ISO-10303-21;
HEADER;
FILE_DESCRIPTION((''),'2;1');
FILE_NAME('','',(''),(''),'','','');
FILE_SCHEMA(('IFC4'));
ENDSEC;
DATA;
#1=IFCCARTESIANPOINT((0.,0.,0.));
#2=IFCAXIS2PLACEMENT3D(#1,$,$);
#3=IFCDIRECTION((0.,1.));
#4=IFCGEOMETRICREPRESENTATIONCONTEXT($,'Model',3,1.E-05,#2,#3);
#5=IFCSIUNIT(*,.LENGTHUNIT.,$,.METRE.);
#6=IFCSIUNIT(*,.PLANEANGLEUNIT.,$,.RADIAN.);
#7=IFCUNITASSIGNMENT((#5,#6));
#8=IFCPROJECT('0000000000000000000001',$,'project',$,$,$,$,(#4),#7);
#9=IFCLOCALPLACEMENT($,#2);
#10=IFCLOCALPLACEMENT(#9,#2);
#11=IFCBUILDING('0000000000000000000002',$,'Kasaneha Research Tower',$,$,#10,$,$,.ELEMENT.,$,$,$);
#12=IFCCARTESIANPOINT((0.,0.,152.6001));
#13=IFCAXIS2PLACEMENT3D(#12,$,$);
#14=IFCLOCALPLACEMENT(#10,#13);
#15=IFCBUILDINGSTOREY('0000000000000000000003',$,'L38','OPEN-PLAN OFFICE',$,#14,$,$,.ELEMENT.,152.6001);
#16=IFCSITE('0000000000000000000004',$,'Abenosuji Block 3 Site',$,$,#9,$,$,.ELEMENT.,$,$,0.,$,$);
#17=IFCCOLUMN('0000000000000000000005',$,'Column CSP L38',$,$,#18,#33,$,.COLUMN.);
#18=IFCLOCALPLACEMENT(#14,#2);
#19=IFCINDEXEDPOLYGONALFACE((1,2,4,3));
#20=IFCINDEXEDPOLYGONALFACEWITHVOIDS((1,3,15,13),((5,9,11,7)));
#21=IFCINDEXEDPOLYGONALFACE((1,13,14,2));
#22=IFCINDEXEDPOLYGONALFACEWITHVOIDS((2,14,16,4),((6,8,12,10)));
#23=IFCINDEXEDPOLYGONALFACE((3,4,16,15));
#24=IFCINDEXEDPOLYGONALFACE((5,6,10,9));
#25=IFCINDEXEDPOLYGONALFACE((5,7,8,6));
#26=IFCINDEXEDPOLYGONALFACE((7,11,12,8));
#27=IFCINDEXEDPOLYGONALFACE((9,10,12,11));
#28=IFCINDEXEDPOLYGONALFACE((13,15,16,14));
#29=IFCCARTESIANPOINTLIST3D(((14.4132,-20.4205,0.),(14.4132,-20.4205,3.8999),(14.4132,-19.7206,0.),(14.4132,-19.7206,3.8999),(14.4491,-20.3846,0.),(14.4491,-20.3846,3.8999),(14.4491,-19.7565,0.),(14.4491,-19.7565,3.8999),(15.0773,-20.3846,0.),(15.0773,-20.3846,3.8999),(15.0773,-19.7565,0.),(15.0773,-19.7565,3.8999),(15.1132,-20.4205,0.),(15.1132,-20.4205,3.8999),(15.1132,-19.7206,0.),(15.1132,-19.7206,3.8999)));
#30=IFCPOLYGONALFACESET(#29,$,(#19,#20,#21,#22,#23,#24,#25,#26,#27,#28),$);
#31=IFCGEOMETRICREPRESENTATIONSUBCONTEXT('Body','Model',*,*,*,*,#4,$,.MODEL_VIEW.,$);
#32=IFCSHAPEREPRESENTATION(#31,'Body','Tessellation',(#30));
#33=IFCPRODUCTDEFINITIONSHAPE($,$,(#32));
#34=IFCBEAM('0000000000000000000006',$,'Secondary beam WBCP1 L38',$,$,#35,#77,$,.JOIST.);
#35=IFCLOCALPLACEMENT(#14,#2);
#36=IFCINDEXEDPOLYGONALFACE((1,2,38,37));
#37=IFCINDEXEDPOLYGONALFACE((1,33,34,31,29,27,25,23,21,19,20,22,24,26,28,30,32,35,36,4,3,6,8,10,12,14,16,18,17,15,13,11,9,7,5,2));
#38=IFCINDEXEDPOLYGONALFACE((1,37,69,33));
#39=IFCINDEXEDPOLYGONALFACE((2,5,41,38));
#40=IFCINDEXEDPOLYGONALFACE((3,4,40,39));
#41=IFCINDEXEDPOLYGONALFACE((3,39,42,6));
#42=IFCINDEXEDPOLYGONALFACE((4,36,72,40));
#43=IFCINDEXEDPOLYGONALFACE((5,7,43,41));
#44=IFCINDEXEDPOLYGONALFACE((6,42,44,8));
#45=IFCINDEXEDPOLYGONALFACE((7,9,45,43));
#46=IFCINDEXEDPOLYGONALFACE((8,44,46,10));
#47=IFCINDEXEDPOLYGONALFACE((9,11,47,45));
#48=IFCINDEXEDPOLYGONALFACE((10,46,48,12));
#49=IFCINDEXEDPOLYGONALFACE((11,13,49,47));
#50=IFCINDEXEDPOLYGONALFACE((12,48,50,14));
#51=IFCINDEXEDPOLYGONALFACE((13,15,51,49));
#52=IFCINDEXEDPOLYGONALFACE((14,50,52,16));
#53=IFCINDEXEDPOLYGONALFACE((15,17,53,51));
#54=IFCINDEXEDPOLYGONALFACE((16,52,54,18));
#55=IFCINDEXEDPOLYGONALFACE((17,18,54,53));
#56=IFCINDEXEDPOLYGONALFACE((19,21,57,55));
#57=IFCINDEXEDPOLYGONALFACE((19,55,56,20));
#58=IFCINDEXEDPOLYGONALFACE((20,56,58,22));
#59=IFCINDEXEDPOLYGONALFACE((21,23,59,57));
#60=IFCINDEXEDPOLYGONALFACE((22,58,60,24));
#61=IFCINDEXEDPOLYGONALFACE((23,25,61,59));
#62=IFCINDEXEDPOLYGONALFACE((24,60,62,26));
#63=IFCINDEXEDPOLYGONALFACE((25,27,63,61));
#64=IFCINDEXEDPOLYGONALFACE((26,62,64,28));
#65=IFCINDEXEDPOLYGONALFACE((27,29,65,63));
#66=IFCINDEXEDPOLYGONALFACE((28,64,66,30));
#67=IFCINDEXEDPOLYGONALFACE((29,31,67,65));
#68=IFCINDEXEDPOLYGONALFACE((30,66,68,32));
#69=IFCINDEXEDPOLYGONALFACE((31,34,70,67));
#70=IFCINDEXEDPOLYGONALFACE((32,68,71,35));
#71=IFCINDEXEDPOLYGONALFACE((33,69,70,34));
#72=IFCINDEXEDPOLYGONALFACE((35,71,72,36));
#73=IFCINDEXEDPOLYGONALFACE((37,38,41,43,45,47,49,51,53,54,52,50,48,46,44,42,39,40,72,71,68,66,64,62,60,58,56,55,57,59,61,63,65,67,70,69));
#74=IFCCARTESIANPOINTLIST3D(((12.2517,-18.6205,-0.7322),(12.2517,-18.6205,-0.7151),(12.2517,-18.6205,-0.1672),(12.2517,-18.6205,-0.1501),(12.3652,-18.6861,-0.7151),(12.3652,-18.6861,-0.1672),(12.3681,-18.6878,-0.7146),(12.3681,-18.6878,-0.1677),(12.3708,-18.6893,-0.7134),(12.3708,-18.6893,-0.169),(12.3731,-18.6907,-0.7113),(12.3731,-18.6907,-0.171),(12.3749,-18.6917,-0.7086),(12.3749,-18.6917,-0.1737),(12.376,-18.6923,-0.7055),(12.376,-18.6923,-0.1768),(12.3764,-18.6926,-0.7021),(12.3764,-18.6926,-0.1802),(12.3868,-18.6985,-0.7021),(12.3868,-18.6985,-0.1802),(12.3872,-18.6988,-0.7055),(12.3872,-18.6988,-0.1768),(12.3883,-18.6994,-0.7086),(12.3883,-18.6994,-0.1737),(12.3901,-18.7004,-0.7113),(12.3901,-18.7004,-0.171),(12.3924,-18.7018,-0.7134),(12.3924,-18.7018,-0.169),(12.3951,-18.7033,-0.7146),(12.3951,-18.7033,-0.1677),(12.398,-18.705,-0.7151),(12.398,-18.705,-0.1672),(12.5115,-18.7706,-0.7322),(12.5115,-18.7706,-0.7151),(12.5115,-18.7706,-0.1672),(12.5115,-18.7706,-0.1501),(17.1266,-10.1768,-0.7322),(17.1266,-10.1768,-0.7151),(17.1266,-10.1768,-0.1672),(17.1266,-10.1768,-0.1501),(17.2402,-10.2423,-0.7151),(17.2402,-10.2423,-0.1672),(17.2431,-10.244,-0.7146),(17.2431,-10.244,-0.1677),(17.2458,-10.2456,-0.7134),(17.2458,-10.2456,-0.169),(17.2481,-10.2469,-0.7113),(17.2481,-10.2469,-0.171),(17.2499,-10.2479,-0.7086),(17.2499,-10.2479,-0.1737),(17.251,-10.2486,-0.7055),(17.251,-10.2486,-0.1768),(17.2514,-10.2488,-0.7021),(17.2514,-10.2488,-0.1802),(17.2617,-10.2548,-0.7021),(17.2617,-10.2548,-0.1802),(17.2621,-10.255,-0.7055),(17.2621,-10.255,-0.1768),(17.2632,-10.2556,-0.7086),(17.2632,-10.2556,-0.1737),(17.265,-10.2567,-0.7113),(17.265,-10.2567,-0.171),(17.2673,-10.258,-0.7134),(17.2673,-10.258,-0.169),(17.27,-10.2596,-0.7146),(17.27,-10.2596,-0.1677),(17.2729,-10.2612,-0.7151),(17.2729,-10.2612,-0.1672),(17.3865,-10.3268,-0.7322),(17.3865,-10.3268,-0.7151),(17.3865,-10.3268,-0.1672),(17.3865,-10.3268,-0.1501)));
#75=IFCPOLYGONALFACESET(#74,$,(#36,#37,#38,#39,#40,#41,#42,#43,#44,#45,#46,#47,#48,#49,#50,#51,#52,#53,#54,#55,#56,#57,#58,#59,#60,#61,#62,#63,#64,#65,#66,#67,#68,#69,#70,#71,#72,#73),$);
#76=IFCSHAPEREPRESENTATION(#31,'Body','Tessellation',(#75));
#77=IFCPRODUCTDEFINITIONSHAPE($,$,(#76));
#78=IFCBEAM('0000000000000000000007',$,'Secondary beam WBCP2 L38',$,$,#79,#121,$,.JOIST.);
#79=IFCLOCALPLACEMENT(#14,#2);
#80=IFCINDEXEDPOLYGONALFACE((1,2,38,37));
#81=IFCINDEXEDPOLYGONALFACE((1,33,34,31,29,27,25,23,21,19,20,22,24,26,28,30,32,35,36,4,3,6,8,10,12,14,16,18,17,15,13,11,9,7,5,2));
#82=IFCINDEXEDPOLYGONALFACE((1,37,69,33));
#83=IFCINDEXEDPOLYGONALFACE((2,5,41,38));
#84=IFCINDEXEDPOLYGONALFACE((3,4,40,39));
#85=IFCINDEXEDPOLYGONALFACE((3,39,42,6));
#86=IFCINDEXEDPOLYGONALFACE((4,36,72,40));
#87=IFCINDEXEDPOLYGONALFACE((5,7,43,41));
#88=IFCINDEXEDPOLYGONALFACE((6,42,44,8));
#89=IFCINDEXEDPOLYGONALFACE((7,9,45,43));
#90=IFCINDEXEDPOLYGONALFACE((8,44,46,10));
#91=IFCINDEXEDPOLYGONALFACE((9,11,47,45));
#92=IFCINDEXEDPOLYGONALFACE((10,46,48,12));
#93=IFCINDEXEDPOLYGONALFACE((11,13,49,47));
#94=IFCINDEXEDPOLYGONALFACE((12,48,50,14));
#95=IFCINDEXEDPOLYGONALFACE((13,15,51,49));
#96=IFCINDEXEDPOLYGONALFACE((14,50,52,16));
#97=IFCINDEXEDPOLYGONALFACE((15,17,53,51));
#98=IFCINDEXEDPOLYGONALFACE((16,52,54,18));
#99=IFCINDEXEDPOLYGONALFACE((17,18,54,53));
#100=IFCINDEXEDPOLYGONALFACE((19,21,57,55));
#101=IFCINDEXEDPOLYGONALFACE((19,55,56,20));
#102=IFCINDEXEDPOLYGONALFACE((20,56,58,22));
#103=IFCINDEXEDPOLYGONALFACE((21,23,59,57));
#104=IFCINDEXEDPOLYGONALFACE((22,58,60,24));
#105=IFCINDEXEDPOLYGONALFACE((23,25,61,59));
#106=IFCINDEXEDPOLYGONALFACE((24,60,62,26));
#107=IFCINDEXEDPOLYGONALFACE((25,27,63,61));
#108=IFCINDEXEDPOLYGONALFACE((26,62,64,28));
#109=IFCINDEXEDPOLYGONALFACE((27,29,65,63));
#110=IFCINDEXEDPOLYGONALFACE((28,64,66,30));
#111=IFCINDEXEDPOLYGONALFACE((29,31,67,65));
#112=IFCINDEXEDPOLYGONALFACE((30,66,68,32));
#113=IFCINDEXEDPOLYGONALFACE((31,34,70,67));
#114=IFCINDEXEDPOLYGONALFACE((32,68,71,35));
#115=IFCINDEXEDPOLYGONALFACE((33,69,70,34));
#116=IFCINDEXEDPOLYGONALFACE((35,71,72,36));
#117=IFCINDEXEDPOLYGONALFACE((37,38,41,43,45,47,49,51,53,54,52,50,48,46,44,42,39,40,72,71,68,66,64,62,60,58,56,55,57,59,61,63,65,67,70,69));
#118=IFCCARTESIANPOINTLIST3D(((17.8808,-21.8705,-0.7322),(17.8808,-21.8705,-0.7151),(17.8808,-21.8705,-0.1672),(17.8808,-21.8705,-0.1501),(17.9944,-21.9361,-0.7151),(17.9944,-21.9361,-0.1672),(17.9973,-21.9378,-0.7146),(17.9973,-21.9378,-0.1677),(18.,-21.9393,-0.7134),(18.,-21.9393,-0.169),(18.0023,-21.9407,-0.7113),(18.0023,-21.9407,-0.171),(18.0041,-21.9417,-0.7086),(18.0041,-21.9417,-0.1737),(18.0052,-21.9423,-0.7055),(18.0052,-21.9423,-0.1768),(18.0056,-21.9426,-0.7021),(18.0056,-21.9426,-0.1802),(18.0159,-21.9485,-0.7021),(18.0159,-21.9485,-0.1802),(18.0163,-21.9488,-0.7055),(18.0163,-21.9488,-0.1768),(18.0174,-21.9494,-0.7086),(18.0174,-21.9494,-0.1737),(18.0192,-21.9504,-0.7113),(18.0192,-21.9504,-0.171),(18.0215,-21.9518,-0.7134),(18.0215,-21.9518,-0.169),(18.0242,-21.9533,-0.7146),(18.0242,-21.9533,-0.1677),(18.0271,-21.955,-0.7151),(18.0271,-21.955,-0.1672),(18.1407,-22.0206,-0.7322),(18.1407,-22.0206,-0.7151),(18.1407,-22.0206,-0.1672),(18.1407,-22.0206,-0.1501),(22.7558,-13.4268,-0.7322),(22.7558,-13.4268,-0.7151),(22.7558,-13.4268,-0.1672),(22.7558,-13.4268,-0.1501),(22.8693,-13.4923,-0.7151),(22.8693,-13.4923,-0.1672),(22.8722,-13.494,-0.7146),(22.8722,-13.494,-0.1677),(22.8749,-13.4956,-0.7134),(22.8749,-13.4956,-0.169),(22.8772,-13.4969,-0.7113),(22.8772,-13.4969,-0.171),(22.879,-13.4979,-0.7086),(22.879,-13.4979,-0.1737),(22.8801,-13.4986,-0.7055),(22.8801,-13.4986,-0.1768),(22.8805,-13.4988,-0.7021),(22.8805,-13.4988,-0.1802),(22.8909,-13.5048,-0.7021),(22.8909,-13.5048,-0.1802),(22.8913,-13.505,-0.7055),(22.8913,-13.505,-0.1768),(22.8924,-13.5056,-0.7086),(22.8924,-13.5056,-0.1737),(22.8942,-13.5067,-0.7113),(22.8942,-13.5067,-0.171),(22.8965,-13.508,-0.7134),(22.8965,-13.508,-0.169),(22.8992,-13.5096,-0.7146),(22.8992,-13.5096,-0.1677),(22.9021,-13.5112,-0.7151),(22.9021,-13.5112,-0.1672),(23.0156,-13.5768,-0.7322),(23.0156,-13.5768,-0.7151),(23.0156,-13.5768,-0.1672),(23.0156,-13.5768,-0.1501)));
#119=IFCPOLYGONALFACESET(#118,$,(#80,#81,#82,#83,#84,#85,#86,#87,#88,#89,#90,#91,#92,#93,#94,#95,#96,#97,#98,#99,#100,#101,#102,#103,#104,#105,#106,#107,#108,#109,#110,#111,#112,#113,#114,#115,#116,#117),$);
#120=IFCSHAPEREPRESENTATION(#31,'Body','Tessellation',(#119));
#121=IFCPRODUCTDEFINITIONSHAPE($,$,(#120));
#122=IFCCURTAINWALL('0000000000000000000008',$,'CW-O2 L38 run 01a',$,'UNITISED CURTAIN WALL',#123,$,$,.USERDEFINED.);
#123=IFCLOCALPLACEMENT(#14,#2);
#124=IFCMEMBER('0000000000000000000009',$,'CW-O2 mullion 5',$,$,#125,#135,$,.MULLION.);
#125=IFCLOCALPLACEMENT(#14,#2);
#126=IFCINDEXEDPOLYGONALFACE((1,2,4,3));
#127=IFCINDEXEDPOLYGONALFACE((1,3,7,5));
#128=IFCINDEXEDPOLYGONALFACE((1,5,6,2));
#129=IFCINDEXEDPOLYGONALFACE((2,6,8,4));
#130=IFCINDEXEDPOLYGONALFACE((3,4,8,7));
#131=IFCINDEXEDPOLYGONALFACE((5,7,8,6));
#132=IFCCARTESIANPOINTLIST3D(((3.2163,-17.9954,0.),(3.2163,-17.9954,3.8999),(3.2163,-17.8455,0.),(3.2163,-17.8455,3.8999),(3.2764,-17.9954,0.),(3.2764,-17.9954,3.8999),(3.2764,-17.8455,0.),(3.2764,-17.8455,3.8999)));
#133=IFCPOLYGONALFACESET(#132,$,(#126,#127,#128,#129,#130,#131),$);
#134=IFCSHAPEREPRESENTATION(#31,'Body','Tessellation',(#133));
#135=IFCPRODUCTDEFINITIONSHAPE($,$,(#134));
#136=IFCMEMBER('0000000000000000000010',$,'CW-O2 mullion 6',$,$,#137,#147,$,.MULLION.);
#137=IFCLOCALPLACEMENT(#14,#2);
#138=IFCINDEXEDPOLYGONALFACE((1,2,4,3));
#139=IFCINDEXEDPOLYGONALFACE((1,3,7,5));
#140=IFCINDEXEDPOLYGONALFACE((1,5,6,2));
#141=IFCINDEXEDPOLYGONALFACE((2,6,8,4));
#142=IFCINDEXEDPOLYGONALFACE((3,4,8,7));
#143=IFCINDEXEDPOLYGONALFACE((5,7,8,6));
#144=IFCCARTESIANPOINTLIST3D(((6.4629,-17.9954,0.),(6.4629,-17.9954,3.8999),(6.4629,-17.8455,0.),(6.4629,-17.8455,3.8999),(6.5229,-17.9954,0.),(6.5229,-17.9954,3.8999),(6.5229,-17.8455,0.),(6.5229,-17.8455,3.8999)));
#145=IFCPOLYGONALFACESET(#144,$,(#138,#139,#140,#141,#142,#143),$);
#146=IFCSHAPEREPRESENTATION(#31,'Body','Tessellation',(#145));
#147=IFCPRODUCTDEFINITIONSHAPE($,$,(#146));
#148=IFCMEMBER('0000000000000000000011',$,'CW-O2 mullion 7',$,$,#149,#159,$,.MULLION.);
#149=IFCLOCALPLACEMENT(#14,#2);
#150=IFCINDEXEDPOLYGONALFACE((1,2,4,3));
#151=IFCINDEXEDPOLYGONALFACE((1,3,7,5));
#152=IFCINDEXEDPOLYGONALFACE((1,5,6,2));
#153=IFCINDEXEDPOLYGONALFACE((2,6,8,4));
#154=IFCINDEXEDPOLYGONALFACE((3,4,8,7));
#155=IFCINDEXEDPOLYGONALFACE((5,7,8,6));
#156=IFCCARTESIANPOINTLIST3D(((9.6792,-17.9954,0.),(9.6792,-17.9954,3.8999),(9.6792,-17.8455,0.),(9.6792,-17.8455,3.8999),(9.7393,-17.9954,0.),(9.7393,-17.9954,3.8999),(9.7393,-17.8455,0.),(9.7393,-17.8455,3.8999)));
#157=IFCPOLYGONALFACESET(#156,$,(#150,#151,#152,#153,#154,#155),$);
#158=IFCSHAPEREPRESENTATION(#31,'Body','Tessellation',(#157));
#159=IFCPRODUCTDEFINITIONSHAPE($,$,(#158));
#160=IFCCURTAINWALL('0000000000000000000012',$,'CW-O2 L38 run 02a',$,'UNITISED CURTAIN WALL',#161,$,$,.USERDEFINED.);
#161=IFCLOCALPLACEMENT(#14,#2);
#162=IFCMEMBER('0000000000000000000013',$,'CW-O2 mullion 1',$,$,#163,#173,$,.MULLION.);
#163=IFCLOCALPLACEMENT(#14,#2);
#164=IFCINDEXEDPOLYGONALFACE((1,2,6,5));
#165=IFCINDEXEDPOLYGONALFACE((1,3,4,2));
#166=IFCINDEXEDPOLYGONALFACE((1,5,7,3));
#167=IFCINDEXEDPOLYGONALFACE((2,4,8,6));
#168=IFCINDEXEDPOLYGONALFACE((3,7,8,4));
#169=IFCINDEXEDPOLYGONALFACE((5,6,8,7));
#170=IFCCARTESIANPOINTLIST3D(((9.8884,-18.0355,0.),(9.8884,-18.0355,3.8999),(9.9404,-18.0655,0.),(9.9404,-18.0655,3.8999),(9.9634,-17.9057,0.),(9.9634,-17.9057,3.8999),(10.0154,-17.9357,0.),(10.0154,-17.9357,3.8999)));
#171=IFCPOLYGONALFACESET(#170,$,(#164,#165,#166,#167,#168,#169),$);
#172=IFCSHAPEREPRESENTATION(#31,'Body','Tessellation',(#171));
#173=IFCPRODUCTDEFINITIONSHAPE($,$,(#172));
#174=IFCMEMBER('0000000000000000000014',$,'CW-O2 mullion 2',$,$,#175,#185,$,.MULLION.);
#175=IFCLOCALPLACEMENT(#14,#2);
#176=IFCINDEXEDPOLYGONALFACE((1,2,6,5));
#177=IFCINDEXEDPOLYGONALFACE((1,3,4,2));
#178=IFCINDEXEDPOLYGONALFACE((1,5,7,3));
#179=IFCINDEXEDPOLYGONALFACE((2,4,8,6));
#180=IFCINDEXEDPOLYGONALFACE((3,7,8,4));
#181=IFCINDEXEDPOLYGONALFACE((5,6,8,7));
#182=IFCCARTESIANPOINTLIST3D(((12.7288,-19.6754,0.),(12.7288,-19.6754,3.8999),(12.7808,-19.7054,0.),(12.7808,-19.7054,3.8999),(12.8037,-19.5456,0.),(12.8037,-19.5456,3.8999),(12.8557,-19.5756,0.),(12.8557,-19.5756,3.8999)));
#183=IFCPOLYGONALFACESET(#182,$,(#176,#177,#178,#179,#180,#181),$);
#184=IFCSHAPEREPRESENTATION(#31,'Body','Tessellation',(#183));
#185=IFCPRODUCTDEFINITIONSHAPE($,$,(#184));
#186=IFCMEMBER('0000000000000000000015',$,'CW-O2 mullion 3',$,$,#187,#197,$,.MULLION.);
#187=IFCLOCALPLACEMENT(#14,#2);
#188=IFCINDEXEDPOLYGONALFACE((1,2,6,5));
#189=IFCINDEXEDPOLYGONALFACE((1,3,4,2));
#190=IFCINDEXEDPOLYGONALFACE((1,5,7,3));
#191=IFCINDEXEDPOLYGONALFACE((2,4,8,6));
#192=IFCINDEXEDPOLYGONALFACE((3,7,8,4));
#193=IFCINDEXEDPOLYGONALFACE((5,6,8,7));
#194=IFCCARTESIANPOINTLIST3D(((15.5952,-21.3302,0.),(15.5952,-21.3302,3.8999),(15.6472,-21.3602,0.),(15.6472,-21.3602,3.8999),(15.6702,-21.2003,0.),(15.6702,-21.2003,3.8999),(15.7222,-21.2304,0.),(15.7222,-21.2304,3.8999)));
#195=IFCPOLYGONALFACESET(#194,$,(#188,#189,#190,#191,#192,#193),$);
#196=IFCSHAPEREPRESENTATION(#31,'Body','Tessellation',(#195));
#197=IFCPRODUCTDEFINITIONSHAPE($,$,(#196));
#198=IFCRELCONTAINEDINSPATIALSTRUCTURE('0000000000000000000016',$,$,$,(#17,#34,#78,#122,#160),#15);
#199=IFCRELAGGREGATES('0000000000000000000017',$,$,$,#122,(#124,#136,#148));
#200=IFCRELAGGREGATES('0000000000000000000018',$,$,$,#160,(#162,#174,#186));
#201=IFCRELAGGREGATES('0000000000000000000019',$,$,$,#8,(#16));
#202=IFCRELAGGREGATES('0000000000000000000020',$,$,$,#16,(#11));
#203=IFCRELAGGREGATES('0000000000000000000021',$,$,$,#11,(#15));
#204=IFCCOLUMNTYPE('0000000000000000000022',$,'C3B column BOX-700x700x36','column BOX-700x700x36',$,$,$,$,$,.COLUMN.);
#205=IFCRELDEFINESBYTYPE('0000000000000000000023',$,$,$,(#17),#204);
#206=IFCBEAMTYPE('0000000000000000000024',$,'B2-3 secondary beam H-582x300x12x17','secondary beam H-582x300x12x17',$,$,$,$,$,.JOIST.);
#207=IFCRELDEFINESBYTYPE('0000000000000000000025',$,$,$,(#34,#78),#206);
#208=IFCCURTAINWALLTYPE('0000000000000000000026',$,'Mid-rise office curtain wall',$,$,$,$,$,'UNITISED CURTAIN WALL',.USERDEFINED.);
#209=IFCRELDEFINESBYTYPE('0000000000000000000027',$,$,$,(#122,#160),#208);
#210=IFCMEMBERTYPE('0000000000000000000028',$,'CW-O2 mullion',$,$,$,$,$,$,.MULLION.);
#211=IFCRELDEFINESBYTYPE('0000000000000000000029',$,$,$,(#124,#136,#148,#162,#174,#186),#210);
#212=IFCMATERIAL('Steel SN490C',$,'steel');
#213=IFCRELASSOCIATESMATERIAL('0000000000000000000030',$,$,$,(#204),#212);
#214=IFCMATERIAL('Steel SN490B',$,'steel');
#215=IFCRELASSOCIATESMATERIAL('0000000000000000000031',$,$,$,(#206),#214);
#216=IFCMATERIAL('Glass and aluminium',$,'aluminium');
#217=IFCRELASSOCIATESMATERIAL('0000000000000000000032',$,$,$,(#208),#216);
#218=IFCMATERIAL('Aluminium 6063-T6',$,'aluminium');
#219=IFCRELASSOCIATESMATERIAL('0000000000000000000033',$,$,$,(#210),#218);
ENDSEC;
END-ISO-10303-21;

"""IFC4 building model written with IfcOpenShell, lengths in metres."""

from ifc_helpers import new_model, si_unit, direction, frame, origin, origin_2d, place, context, subcontext, project, spatial, rectangle, hollow_rectangle, i_section, extrude, material, material_profile, profile_set, type_object, element, aggregate, save


model = new_model("IFC4")

# Units and contexts
model_context = context("Model", 3, precision=1e-05, world=origin(), true_north=direction((0.0, 1.0)))
body_context = subcontext(model_context, "Body", "Model", "MODEL_VIEW")
ifc_project = project(units=[si_unit("LENGTHUNIT", "METRE"), si_unit("PLANEANGLEUNIT", "RADIAN")], contexts=[model_context])

# Site, building, storey
site_placement = place(None, origin())
site = spatial("IfcSite", under=ifc_project, at=site_placement, Name="Abenosuji Block 3 Site", CompositionType="ELEMENT", RefElevation=0.0)
building_placement = place(site_placement, origin())
building = spatial("IfcBuilding", under=site, at=building_placement, Name="Kasaneha Research Tower", CompositionType="ELEMENT")
storey_placement = place(building_placement, frame((0.0, 0.0, 152.6001)))
storey = spatial("IfcBuildingStorey", under=building, at=storey_placement, Name="L38", Description="OPEN-PLAN OFFICE", CompositionType="ELEMENT", Elevation=152.6001)

# Column
ifc_material_1 = material(Name="Steel SN490C", Category="steel")
ifc_material_profile_1 = material_profile(ifc_material_1, hollow_rectangle(XDim=0.7, YDim=0.7, WallThickness=0.0359, at=origin_2d()), Name="BOX-700x700x36")
ifc_profile_set_1 = profile_set([ifc_material_profile_1], Name="Steel SN490C")
column_type = type_object("IfcColumnType", Name="C3B column BOX-700x700x36", Description="column BOX-700x700x36", PredefinedType="COLUMN", material=ifc_profile_set_1)
column_placement = place(storey_placement, frame((14.7632, -20.0706, 0.0), z_axis=(0.0, 0.0, 1.0), x_axis=(1.0, 0.0, 0.0)))
element("IfcColumn", 1, at=column_placement, inside=storey, type_object=column_type, Name="Column CSP L38", PredefinedType="COLUMN", context=body_context, shape_type="SweptSolid", body=[
    extrude(hollow_rectangle(XDim=0.7, YDim=0.7, WallThickness=0.0359, at=origin_2d()), origin(), (0.0, 0.0, 1.0), 3.8999),
])

# Beams
ifc_material_2 = material(Name="Steel SN490B", Category="steel")
ifc_material_profile_2 = material_profile(ifc_material_2, i_section(OverallWidth=0.3, OverallDepth=0.582, WebThickness=0.012, FlangeThickness=0.0171, FilletRadius=0.0129, at=origin_2d()), Name="H-582x300x12x17")
ifc_profile_set_2 = profile_set([ifc_material_profile_2], Name="Steel SN490B")
beam_type_1 = type_object("IfcBeamType", Name="B2-3 secondary beam H-582x300x12x17", Description="secondary beam H-582x300x12x17", PredefinedType="JOIST", material=ifc_profile_set_2)
for number, where, z_axis, x_axis, name in (
    (2, (12.3816, -18.6956, -0.4412), (0.499996, 0.866028, 0.0), (-0.866028, 0.499996, 0.0), "Secondary beam WBCP1 L38"),
    (3, (18.0107, -21.9456, -0.4412), (0.499996, 0.866028, 0.0), (-0.866028, 0.499996, 0.0), "Secondary beam WBCP2 L38"),
):
    element("IfcBeam", number, at=place(storey_placement, frame(where, z_axis=z_axis, x_axis=x_axis)), inside=storey, type_object=beam_type_1, Name=name, PredefinedType="JOIST", context=body_context, shape_type="SweptSolid", body=[
        extrude(i_section(OverallWidth=0.3, OverallDepth=0.582, WebThickness=0.012, FlangeThickness=0.0171, FilletRadius=0.0129, at=origin_2d()), origin(), (0.0, 0.0, 1.0), 9.75),
    ])

# Curtain walls, members
ifc_material_3 = material(Name="Glass and aluminium", Category="aluminium")
curtain_wall_type = type_object("IfcCurtainWallType", Name="Mid-rise office curtain wall", ElementType="UNITISED CURTAIN WALL", PredefinedType="USERDEFINED", material=ifc_material_3)
curtain_wall_1_placement = place(storey_placement, origin())
curtain_wall_1 = element("IfcCurtainWall", 4, at=curtain_wall_1_placement, inside=storey, type_object=curtain_wall_type, Name="CW-O2 L38 run 01a", ObjectType="UNITISED CURTAIN WALL", PredefinedType="USERDEFINED")
ifc_material_4 = material(Name="Aluminium 6063-T6", Category="aluminium")
ifc_material_profile_3 = material_profile(ifc_material_4, rectangle(XDim=0.0601, YDim=0.1499, at=origin_2d()), Name="CW-O2 mullion 60x150")
ifc_profile_set_3 = profile_set([ifc_material_profile_3], Name="Aluminium 6063-T6")
member_type_1 = type_object("IfcMemberType", Name="CW-O2 mullion", PredefinedType="MULLION", material=ifc_profile_set_3)
member_1_placement = place(storey_placement, frame((3.2463, -17.9204, 0.0), z_axis=(0.0, 0.0, 1.0), x_axis=(1.0, 0.0, 0.0)))
member_1 = element("IfcMember", 5, at=member_1_placement, type_object=member_type_1, Name="CW-O2 mullion 5", PredefinedType="MULLION", context=body_context, shape_type="SweptSolid", body=[
    extrude(rectangle(XDim=0.0601, YDim=0.1499, at=origin_2d()), origin(), (0.0, 0.0, 1.0), 3.8999),
])
member_2_placement = place(storey_placement, frame((6.4929, -17.9204, 0.0), z_axis=(0.0, 0.0, 1.0), x_axis=(1.0, 0.0, 0.0)))
member_2 = element("IfcMember", 6, at=member_2_placement, type_object=member_type_1, Name="CW-O2 mullion 6", PredefinedType="MULLION", context=body_context, shape_type="SweptSolid", body=[
    extrude(rectangle(XDim=0.0601, YDim=0.1499, at=origin_2d()), origin(), (0.0, 0.0, 1.0), 3.8999),
])
member_3_placement = place(storey_placement, frame((9.7092, -17.9204, 0.0), z_axis=(0.0, 0.0, 1.0), x_axis=(1.0, 0.0, 0.0)))
member_3 = element("IfcMember", 7, at=member_3_placement, type_object=member_type_1, Name="CW-O2 mullion 7", PredefinedType="MULLION", context=body_context, shape_type="SweptSolid", body=[
    extrude(rectangle(XDim=0.0601, YDim=0.1499, at=origin_2d()), origin(), (0.0, 0.0, 1.0), 3.8999),
])
curtain_wall_2_placement = place(storey_placement, origin())
curtain_wall_2 = element("IfcCurtainWall", 8, at=curtain_wall_2_placement, inside=storey, type_object=curtain_wall_type, Name="CW-O2 L38 run 02a", ObjectType="UNITISED CURTAIN WALL", PredefinedType="USERDEFINED")
member_4_placement = place(storey_placement, frame((9.9519, -17.9856, 0.0), z_axis=(0.0, 0.0, 1.0), x_axis=(0.866025, -0.5, 0.0)))
member_4 = element("IfcMember", 9, at=member_4_placement, type_object=member_type_1, Name="CW-O2 mullion 1", PredefinedType="MULLION", context=body_context, shape_type="SweptSolid", body=[
    extrude(rectangle(XDim=0.0601, YDim=0.1499, at=origin_2d()), origin(), (0.0, 0.0, 1.0), 3.8999),
])
member_5_placement = place(storey_placement, frame((12.7922, -19.6255, 0.0), z_axis=(0.0, 0.0, 1.0), x_axis=(0.866025, -0.5, 0.0)))
member_5 = element("IfcMember", 10, at=member_5_placement, type_object=member_type_1, Name="CW-O2 mullion 2", PredefinedType="MULLION", context=body_context, shape_type="SweptSolid", body=[
    extrude(rectangle(XDim=0.0601, YDim=0.1499, at=origin_2d()), origin(), (0.0, 0.0, 1.0), 3.8999),
])
member_6_placement = place(storey_placement, frame((15.6587, -21.2803, 0.0), z_axis=(0.0, 0.0, 1.0), x_axis=(0.866025, -0.5, 0.0)))
member_6 = element("IfcMember", 11, at=member_6_placement, type_object=member_type_1, Name="CW-O2 mullion 3", PredefinedType="MULLION", context=body_context, shape_type="SweptSolid", body=[
    extrude(rectangle(XDim=0.0601, YDim=0.1499, at=origin_2d()), origin(), (0.0, 0.0, 1.0), 3.8999),
])

aggregate(curtain_wall_1, [member_1, member_2, member_3])
aggregate(curtain_wall_2, [member_4, member_5, member_6])

save(model, "model.ifc")
